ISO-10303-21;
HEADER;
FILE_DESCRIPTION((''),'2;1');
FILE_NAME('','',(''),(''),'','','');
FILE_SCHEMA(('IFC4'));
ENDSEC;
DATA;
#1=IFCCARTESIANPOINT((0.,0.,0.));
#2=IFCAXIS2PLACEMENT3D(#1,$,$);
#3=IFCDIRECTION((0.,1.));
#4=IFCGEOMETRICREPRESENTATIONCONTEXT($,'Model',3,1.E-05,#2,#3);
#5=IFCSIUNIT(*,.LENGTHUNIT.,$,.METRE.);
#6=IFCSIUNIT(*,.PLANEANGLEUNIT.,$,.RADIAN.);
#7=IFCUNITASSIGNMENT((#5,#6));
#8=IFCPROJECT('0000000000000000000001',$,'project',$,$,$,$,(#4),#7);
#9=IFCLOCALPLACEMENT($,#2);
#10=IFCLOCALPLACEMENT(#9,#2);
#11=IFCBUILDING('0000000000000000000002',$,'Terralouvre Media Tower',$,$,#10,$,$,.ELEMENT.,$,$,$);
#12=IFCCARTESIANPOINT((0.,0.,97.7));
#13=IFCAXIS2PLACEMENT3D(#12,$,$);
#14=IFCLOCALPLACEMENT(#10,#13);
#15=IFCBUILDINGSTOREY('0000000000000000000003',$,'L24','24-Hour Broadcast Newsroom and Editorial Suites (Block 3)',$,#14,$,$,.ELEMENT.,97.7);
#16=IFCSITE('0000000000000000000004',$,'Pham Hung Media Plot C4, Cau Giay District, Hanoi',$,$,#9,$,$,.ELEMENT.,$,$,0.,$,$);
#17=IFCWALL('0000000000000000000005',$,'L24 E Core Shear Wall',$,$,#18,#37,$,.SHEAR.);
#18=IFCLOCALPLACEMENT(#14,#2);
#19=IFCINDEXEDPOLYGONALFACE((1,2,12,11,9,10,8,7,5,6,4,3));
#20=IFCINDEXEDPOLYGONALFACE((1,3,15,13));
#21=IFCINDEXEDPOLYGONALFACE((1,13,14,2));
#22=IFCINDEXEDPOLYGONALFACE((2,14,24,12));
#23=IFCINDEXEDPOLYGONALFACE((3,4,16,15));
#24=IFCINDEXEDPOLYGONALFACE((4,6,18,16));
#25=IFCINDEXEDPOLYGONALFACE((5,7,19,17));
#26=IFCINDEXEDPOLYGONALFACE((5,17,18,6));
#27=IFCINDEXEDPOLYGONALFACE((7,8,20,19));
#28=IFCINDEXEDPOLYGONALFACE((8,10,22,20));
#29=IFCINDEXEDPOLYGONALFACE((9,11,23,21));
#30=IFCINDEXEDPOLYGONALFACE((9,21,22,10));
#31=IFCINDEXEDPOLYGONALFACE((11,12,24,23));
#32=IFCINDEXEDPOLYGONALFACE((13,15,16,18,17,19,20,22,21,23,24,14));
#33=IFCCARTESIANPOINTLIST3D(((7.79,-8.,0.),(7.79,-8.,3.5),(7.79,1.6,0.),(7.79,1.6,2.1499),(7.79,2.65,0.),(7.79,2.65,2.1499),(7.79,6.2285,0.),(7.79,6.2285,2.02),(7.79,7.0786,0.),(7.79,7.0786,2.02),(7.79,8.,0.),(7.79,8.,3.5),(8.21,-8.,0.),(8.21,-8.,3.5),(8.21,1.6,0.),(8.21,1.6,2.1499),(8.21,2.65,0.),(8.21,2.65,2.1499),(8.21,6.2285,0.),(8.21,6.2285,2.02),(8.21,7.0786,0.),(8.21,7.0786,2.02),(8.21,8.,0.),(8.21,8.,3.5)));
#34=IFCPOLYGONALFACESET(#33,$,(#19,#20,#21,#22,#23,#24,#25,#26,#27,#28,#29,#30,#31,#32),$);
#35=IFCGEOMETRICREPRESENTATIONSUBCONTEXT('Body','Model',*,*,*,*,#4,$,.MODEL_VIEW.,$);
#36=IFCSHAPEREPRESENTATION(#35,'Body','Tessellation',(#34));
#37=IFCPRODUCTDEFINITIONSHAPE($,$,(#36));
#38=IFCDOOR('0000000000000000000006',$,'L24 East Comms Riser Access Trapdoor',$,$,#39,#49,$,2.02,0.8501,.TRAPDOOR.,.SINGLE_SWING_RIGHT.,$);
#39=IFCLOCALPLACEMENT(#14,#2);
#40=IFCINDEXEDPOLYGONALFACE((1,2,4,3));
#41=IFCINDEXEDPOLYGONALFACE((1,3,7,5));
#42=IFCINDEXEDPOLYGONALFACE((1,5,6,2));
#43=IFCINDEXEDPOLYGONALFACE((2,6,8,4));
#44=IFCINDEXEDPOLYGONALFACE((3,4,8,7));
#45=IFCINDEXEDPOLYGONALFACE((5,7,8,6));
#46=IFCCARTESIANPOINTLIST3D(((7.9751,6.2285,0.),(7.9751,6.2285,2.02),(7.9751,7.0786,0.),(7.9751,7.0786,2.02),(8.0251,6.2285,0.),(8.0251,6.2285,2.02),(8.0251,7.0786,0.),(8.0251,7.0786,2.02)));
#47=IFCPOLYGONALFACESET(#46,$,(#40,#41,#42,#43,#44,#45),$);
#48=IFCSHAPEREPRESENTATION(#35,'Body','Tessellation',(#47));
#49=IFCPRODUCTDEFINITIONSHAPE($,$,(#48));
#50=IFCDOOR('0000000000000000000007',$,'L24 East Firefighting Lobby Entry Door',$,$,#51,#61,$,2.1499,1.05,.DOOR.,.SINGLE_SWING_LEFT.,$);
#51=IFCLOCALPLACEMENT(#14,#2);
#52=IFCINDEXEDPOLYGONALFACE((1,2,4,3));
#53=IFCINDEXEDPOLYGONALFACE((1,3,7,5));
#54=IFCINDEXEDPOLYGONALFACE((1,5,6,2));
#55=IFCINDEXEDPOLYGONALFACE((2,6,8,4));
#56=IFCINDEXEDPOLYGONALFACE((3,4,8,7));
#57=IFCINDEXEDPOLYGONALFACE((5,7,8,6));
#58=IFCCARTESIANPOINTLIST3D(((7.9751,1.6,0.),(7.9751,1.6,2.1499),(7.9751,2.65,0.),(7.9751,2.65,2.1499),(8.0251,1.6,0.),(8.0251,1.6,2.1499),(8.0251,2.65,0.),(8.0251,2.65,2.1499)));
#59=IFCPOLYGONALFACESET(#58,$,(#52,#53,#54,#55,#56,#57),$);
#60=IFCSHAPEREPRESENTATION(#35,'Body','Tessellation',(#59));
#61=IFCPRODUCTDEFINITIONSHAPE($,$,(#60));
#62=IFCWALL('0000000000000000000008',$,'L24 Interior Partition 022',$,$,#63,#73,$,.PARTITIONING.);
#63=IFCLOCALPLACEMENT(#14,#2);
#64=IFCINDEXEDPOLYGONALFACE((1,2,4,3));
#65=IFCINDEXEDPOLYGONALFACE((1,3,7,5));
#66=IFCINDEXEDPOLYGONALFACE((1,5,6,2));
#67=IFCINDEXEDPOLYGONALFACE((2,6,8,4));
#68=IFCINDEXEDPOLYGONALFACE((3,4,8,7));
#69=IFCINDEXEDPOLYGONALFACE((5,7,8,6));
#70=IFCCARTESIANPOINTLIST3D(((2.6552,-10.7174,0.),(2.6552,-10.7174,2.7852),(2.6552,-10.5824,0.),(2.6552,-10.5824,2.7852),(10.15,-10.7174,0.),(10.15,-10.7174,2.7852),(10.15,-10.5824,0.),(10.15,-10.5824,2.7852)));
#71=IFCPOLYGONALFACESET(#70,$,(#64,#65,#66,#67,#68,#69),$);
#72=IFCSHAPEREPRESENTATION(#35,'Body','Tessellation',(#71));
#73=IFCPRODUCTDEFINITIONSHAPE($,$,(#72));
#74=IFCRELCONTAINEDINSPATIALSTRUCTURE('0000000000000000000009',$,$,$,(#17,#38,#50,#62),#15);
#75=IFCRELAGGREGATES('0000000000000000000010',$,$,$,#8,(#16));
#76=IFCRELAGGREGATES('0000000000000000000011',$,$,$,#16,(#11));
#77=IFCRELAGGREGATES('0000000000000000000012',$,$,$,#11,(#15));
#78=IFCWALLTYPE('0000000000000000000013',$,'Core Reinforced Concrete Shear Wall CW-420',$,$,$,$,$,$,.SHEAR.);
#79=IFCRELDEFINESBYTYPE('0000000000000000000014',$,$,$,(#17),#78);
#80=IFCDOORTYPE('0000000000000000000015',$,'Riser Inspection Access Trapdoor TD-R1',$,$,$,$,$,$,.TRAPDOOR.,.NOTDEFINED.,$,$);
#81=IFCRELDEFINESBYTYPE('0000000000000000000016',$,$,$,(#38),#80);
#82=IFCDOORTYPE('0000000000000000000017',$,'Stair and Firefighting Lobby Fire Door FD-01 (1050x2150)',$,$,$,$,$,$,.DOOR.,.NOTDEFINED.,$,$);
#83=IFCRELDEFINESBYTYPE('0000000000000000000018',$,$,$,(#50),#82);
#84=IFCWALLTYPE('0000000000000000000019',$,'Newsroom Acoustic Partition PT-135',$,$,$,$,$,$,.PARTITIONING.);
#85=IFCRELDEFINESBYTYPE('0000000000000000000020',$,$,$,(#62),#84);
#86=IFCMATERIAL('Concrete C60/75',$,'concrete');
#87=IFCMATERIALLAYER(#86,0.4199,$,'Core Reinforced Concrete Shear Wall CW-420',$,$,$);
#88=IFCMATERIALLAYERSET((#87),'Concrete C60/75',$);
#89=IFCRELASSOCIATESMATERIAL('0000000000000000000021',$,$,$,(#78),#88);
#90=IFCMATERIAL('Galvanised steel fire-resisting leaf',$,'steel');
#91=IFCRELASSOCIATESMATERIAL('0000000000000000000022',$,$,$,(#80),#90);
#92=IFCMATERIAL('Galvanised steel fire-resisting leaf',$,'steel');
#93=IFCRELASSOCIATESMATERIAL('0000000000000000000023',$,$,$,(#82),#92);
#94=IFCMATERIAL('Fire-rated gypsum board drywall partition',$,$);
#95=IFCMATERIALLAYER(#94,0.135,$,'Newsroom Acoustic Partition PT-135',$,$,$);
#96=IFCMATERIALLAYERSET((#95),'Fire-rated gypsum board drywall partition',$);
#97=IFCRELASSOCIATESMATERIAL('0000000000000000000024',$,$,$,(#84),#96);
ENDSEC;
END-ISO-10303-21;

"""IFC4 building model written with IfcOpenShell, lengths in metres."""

from ifc_helpers import new_model, si_unit, direction, frame, frame_2d, origin, place, context, subcontext, project, spatial, rectangle, extrude, material, layer, layer_set, type_object, element, fill, save


model = new_model("IFC4")

# Units and contexts
model_context = context("Model", 3, precision=1e-05, world=origin(), true_north=direction((0.0, 1.0)))
body_context = subcontext(model_context, "Body", "Model", "MODEL_VIEW")
ifc_project = project(units=[si_unit("LENGTHUNIT", "METRE"), si_unit("PLANEANGLEUNIT", "RADIAN")], contexts=[model_context])

# Site, building, storey
site_placement = place(None, origin())
site = spatial("IfcSite", under=ifc_project, at=site_placement, Name="Pham Hung Media Plot C4, Cau Giay District, Hanoi", CompositionType="ELEMENT", RefElevation=0.0)
building_placement = place(site_placement, origin())
building = spatial("IfcBuilding", under=site, at=building_placement, Name="Terralouvre Media Tower", CompositionType="ELEMENT")
storey_placement = place(building_placement, frame((0.0, 0.0, 97.7)))
storey = spatial("IfcBuildingStorey", under=building, at=storey_placement, Name="L24", Description="24-Hour Broadcast Newsroom and Editorial Suites (Block 3)", CompositionType="ELEMENT", Elevation=97.7)

# Wall, openings, doors
ifc_material_1 = material(Name="Concrete C60/75", Category="concrete")
ifc_layer_1 = layer(ifc_material_1, 0.4199, Name="Core Reinforced Concrete Shear Wall CW-420")
ifc_layer_set_1 = layer_set([ifc_layer_1], Name="Concrete C60/75")
wall_type_1 = type_object("IfcWallType", Name="Core Reinforced Concrete Shear Wall CW-420", PredefinedType="SHEAR", material=ifc_layer_set_1)
wall_1_placement = place(storey_placement, frame((8.0, -8.0, 0.0), z_axis=(0.0, 0.0, 1.0), x_axis=(0.0, 1.0, 0.0)))
wall_1 = element("IfcWall", 1, at=wall_1_placement, inside=storey, type_object=wall_type_1, Name="L24 E Core Shear Wall", PredefinedType="SHEAR", context=body_context, shape_type="SweptSolid", body=[
    extrude(rectangle(XDim=16.0, YDim=0.4199, at=frame_2d((8.0, 0.0))), origin(), (0.0, 0.0, 1.0), 3.5),
])
opening_1_placement = place(wall_1_placement, frame((9.6001, 0.0, 0.0)))
opening_1 = element("IfcOpeningElement", 2, at=opening_1_placement, cuts=wall_1, PredefinedType="OPENING", context=body_context, shape_type="SweptSolid", body=[
    extrude(rectangle(XDim=1.05, YDim=2.1499, at=frame_2d((0.5249, 1.075))), frame((0.0, 0.22, 0.0), z_axis=(0.0, -1.0, 0.0), x_axis=(1.0, 0.0, 0.0)), (0.0, 0.0, 1.0), 0.4399),
])
opening_2_placement = place(wall_1_placement, frame((14.2285, 0.0, 0.0)))
opening_2 = element("IfcOpeningElement", 3, at=opening_2_placement, cuts=wall_1, PredefinedType="OPENING", context=body_context, shape_type="SweptSolid", body=[
    extrude(rectangle(XDim=0.8501, YDim=2.02, at=frame_2d((0.425, 1.01))), frame((0.0, 0.22, 0.0), z_axis=(0.0, -1.0, 0.0), x_axis=(1.0, 0.0, 0.0)), (0.0, 0.0, 1.0), 0.4399),
])
ifc_material_2 = material(Name="Galvanised steel fire-resisting leaf", Category="steel")
door_type_1 = type_object("IfcDoorType", Name="Riser Inspection Access Trapdoor TD-R1", OperationType="NOTDEFINED", PredefinedType="TRAPDOOR", material=ifc_material_2)
door_1_placement = place(opening_2_placement, origin())
door_1 = element("IfcDoor", 4, at=door_1_placement, inside=storey, type_object=door_type_1, Name="L24 East Comms Riser Access Trapdoor", OperationType="SINGLE_SWING_RIGHT", OverallHeight=2.02, OverallWidth=0.8501, PredefinedType="TRAPDOOR", context=body_context, shape_type="SweptSolid", body=[
    extrude(rectangle(XDim=0.8501, YDim=2.02, at=frame_2d((0.425, 1.01))), frame((0.0, 0.0249, 0.0), z_axis=(0.0, -1.0, 0.0), x_axis=(1.0, 0.0, 0.0)), (0.0, 0.0, 1.0), 0.05),
])
fill(opening_2, door_1)
ifc_material_3 = material(Name="Galvanised steel fire-resisting leaf", Category="steel")
door_type_2 = type_object("IfcDoorType", Name="Stair and Firefighting Lobby Fire Door FD-01 (1050x2150)", OperationType="NOTDEFINED", PredefinedType="DOOR", material=ifc_material_3)
door_2_placement = place(opening_1_placement, origin())
door_2 = element("IfcDoor", 5, at=door_2_placement, inside=storey, type_object=door_type_2, Name="L24 East Firefighting Lobby Entry Door", OperationType="SINGLE_SWING_LEFT", OverallHeight=2.1499, OverallWidth=1.05, PredefinedType="DOOR", context=body_context, shape_type="SweptSolid", body=[
    extrude(rectangle(XDim=1.05, YDim=2.1499, at=frame_2d((0.5249, 1.075))), frame((0.0, 0.0249, 0.0), z_axis=(0.0, -1.0, 0.0), x_axis=(1.0, 0.0, 0.0)), (0.0, 0.0, 1.0), 0.05),
])
fill(opening_1, door_2)

# Wall
ifc_material_4 = material(Name="Fire-rated gypsum board drywall partition")
ifc_layer_2 = layer(ifc_material_4, 0.135, Name="Newsroom Acoustic Partition PT-135")
ifc_layer_set_2 = layer_set([ifc_layer_2], Name="Fire-rated gypsum board drywall partition")
wall_type_2 = type_object("IfcWallType", Name="Newsroom Acoustic Partition PT-135", PredefinedType="PARTITIONING", material=ifc_layer_set_2)
wall_2_placement = place(storey_placement, frame((2.655, -10.6499, 0.0), z_axis=(0.0, 0.0, 1.0), x_axis=(1.0, 0.0, 0.0)))
element("IfcWall", 6, at=wall_2_placement, inside=storey, type_object=wall_type_2, Name="L24 Interior Partition 022", PredefinedType="PARTITIONING", context=body_context, shape_type="SweptSolid", body=[
    extrude(rectangle(XDim=7.4949, YDim=0.135, at=frame_2d((3.7476, 0.0))), origin(), (0.0, 0.0, 1.0), 2.7852),
])

save(model, "model.ifc")
